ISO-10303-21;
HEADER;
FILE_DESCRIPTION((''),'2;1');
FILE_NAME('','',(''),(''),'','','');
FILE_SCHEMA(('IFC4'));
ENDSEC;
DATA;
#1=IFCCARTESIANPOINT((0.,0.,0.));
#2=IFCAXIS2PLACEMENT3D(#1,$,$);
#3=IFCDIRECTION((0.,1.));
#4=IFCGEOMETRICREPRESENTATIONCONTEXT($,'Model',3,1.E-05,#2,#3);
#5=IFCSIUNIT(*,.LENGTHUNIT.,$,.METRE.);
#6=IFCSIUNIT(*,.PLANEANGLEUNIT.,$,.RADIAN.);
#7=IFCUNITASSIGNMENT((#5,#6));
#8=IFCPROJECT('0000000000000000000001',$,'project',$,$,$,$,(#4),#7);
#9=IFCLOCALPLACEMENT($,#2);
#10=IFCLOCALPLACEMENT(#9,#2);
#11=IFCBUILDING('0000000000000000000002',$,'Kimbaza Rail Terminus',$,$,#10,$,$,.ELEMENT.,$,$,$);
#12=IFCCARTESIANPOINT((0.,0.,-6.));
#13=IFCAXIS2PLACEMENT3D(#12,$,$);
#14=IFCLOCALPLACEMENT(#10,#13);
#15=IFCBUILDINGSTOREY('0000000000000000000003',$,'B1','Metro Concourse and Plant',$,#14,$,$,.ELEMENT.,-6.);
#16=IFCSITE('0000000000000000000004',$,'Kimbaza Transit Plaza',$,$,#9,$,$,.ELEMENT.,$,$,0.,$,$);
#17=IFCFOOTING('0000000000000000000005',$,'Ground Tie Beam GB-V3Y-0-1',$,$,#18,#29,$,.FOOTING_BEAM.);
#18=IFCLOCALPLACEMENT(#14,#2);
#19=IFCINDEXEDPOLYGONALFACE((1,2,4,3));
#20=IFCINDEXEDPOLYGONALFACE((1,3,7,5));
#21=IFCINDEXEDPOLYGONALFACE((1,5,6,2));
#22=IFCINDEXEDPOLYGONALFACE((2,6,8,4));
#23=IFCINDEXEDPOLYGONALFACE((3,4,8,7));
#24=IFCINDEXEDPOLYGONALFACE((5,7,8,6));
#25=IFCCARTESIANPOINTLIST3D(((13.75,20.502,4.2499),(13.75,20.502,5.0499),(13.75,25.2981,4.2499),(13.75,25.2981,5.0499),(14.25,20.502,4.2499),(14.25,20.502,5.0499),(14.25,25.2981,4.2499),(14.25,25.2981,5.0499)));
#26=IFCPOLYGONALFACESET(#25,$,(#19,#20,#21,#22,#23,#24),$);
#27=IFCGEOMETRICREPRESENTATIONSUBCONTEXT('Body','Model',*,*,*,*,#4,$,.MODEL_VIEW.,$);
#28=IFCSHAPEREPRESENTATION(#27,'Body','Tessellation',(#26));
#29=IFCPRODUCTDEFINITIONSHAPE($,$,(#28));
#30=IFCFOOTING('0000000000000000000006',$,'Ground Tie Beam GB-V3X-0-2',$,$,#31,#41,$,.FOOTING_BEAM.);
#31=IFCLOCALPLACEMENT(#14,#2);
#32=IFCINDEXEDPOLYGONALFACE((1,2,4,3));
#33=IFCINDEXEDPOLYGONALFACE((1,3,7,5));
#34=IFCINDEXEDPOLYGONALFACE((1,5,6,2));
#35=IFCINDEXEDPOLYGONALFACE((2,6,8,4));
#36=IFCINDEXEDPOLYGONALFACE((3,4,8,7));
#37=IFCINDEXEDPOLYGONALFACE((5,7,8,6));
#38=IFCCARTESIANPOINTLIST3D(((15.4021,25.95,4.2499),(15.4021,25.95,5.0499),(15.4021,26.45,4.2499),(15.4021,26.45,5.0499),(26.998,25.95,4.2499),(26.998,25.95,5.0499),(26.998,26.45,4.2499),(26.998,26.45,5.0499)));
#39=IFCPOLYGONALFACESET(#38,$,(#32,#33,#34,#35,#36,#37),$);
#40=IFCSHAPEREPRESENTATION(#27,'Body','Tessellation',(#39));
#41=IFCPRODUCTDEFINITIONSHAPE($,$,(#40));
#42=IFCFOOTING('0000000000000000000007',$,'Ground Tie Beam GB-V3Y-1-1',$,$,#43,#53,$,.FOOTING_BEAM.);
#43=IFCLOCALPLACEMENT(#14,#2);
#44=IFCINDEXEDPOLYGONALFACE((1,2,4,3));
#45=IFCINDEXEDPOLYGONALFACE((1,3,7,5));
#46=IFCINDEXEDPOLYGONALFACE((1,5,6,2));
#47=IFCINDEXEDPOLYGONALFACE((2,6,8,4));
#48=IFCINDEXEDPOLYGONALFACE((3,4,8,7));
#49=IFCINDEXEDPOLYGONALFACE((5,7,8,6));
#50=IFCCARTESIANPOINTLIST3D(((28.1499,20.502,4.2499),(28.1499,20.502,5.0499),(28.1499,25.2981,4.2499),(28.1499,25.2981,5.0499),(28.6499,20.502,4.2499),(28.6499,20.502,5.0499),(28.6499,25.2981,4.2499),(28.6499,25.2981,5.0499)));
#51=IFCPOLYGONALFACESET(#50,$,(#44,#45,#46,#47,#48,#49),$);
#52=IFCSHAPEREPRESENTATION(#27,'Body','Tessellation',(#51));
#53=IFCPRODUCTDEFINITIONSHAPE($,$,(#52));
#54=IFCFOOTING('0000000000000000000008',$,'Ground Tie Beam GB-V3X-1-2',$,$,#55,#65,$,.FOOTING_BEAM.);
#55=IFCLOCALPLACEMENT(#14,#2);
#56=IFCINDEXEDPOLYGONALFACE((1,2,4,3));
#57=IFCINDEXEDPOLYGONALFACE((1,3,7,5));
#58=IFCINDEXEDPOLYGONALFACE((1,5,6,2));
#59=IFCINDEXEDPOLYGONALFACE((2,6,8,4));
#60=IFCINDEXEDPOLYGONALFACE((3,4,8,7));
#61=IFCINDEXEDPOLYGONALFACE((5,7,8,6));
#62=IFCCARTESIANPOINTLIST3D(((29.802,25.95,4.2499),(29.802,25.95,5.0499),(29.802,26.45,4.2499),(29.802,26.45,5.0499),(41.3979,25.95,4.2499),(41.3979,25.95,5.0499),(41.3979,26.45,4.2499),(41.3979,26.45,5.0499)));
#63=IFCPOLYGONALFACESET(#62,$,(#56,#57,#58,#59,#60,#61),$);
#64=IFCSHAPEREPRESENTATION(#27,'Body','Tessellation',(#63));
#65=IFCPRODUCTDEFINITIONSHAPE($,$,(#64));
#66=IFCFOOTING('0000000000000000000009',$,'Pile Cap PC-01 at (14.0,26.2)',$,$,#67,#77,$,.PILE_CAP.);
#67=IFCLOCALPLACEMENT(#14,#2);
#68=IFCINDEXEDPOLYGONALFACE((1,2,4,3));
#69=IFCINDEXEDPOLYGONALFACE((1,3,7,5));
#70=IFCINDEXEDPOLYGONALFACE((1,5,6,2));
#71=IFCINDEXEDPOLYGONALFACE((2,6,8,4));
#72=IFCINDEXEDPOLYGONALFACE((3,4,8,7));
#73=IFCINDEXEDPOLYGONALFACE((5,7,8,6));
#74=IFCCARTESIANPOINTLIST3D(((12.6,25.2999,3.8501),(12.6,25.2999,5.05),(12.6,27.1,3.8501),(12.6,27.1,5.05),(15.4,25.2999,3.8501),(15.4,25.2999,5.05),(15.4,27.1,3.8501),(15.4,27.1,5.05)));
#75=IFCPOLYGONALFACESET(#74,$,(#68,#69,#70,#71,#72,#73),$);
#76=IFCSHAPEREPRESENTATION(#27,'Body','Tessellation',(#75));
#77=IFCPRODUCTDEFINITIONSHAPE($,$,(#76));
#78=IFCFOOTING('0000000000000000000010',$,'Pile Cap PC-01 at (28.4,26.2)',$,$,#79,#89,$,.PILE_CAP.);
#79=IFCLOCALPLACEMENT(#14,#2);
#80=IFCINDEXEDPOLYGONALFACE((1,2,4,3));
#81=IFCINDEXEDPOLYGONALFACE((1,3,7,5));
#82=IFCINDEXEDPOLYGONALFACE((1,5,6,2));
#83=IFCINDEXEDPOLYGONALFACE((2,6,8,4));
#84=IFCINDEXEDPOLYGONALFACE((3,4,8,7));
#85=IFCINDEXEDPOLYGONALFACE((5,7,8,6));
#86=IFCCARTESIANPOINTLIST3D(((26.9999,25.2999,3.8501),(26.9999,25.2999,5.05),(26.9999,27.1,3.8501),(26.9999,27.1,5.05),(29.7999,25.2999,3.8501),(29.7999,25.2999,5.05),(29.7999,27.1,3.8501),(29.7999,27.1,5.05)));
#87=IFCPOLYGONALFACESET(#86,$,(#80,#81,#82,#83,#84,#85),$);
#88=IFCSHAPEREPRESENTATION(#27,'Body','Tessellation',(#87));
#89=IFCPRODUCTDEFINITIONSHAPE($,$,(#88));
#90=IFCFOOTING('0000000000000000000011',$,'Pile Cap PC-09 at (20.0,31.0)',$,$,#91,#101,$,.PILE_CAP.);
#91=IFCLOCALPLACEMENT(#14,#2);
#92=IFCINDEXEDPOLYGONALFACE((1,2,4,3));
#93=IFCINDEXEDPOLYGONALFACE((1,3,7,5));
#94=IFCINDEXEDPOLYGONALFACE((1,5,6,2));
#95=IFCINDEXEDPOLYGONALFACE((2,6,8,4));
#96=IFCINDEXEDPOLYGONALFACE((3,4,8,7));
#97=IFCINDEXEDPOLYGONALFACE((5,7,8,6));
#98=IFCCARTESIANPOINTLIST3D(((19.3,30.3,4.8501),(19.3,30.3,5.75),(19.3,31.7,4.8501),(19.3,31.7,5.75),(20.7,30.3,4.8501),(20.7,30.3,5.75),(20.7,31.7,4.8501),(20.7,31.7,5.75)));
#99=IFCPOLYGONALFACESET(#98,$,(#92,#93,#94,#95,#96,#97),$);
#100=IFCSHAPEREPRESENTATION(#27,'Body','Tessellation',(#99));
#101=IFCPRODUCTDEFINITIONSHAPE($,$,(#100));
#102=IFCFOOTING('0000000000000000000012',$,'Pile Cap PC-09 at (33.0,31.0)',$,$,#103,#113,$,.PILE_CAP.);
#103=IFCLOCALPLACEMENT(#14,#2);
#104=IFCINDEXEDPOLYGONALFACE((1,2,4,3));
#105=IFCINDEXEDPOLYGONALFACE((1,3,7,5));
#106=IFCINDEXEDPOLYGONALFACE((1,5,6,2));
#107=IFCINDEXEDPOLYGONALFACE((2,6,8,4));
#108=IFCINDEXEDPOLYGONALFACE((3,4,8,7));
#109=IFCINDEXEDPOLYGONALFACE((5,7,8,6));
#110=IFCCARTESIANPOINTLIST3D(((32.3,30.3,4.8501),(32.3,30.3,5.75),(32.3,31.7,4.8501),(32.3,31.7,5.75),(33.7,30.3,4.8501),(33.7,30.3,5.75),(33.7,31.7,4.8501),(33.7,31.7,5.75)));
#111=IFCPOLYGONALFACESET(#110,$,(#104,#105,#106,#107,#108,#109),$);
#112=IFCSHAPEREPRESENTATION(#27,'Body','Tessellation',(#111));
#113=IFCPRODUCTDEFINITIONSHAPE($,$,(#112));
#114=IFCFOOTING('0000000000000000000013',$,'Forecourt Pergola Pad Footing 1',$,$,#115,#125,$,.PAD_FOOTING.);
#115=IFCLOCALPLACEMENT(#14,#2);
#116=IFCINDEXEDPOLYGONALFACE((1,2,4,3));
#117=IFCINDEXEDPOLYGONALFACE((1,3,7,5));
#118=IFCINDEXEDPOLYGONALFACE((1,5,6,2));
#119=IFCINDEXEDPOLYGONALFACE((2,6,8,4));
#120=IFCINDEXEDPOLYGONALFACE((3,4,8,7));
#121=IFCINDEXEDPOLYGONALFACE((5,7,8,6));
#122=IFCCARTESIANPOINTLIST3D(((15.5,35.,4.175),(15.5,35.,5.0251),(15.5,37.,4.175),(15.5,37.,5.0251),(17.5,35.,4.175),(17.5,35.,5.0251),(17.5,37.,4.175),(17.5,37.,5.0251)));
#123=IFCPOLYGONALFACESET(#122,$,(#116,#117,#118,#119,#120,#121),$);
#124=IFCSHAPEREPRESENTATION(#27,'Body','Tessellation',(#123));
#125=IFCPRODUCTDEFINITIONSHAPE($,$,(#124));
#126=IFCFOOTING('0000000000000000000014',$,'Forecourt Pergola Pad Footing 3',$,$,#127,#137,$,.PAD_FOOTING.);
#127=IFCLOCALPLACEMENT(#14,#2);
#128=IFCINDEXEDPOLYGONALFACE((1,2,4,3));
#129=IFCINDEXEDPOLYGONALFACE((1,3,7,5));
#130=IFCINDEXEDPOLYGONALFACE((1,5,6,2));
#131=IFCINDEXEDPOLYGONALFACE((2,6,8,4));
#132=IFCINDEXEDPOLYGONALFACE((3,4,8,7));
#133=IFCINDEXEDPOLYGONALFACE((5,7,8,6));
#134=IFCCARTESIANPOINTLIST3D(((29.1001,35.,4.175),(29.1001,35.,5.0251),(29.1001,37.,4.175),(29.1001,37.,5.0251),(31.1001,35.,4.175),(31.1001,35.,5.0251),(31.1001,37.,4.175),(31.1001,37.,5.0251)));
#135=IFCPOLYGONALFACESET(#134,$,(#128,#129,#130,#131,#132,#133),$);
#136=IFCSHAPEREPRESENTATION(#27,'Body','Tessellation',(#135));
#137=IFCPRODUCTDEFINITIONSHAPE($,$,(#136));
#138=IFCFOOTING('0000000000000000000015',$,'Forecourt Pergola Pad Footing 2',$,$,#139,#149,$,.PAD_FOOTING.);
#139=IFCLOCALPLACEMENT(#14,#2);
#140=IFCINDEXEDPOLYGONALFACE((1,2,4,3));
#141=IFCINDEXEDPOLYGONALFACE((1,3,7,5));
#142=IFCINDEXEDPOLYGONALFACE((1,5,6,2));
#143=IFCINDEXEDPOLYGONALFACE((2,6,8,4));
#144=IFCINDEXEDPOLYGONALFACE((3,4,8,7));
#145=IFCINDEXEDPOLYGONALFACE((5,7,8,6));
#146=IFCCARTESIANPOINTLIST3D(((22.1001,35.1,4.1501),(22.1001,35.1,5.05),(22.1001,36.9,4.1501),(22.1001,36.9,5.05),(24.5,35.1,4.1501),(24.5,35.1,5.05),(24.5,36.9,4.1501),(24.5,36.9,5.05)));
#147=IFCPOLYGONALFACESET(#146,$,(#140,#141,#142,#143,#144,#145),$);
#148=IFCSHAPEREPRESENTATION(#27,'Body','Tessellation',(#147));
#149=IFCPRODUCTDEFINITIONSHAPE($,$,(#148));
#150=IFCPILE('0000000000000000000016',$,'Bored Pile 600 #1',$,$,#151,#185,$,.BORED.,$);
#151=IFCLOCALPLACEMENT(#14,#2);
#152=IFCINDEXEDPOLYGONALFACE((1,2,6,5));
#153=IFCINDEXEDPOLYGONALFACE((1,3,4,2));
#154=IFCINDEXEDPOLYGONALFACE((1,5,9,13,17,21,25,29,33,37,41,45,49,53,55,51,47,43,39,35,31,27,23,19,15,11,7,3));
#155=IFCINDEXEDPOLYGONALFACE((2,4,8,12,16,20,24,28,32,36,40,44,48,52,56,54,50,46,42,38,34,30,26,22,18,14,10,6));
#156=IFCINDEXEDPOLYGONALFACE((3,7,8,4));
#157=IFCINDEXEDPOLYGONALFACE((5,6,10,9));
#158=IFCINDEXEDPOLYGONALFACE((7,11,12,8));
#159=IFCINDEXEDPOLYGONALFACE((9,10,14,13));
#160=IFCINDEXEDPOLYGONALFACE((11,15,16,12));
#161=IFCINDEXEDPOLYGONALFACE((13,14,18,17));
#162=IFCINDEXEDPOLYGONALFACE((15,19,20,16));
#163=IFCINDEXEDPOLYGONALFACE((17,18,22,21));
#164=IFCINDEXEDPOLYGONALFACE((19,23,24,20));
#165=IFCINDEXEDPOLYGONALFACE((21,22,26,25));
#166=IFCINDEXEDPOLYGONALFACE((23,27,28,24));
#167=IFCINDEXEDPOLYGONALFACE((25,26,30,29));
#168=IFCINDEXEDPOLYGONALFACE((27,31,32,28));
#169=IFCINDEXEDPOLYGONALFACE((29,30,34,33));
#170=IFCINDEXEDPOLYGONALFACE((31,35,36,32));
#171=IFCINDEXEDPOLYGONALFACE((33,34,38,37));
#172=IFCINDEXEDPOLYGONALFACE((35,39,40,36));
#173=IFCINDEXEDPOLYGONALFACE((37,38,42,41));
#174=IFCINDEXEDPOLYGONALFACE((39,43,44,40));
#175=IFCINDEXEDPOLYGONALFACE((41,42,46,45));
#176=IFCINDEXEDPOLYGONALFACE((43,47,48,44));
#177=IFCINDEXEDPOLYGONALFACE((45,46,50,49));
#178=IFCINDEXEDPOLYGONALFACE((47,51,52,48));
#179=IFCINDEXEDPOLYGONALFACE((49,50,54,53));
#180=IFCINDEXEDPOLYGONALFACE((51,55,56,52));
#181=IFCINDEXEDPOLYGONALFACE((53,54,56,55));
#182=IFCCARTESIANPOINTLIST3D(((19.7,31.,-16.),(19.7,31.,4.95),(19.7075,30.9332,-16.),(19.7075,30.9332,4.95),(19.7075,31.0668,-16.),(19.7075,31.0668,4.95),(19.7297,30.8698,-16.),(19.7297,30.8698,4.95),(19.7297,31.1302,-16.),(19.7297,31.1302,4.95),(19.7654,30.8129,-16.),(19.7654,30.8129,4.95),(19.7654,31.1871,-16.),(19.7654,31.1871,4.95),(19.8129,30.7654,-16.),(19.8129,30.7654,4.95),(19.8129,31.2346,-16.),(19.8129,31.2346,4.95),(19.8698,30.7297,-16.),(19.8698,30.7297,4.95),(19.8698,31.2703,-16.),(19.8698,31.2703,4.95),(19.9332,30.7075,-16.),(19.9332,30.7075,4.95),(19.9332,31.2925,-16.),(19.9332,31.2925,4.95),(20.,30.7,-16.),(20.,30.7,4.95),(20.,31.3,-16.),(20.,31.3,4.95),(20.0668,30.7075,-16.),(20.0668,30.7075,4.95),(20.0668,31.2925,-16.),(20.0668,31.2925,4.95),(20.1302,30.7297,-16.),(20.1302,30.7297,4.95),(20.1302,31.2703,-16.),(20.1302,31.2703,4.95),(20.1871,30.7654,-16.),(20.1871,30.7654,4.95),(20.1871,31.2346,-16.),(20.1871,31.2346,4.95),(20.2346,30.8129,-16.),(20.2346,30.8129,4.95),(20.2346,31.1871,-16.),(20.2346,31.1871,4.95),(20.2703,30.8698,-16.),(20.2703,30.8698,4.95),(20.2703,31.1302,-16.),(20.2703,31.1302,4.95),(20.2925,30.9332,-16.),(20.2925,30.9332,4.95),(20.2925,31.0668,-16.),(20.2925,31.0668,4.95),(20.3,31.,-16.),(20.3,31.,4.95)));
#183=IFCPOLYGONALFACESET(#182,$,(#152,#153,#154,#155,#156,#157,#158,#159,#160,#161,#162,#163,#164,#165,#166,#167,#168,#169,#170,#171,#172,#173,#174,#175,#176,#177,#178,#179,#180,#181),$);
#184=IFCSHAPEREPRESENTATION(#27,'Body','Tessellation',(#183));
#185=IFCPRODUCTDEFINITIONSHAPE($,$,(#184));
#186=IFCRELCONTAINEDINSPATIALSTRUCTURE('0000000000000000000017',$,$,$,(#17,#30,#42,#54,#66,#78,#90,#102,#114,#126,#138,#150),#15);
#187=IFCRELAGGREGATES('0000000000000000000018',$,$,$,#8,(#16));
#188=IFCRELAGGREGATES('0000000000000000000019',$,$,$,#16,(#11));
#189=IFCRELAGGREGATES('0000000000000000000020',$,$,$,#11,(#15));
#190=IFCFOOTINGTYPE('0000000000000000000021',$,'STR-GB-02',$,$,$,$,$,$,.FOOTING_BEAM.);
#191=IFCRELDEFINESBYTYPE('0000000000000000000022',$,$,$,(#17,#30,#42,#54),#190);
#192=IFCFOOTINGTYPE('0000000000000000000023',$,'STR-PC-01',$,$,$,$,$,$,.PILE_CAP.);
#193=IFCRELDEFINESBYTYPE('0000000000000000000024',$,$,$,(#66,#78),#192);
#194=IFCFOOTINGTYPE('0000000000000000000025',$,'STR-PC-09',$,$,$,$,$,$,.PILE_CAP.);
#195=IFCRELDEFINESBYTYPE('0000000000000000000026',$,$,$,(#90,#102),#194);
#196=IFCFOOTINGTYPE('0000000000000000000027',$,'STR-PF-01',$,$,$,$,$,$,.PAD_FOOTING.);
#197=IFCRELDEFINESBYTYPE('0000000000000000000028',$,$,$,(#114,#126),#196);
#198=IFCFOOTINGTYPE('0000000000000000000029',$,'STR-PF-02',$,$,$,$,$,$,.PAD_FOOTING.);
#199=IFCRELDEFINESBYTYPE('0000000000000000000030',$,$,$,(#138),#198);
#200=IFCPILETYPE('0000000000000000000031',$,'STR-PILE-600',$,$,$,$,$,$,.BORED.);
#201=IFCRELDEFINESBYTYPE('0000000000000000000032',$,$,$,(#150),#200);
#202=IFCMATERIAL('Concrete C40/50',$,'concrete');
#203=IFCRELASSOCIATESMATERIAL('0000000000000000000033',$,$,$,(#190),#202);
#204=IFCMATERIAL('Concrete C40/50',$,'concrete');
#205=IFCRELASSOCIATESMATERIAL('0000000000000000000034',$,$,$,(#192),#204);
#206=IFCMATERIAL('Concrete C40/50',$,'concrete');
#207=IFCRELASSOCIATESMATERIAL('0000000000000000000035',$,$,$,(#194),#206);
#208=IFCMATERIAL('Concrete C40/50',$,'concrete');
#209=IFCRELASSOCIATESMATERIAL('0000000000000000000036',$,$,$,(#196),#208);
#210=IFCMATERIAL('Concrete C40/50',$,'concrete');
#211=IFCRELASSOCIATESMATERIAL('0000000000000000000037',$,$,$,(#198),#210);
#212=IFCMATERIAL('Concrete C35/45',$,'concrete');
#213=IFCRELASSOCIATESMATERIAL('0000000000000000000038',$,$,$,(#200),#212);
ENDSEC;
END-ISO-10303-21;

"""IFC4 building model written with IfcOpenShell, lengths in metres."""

from ifc_helpers import new_model, si_unit, direction, frame, origin, origin_2d, place, context, subcontext, project, spatial, rectangle, circle, extrude, material, material_profile, profile_set, type_object, element, save


model = new_model("IFC4")

# Units and contexts
model_context = context("Model", 3, precision=1e-05, world=origin(), true_north=direction((0.0, 1.0)))
body_context = subcontext(model_context, "Body", "Model", "MODEL_VIEW")
ifc_project = project(units=[si_unit("LENGTHUNIT", "METRE"), si_unit("PLANEANGLEUNIT", "RADIAN")], contexts=[model_context])

# Site, building, storey
site_placement = place(None, origin())
site = spatial("IfcSite", under=ifc_project, at=site_placement, Name="Kimbaza Transit Plaza", CompositionType="ELEMENT", RefElevation=0.0)
building_placement = place(site_placement, origin())
building = spatial("IfcBuilding", under=site, at=building_placement, Name="Kimbaza Rail Terminus", CompositionType="ELEMENT")
storey_placement = place(building_placement, frame((0.0, 0.0, -6.0)))
storey = spatial("IfcBuildingStorey", under=building, at=storey_placement, Name="B1", Description="Metro Concourse and Plant", CompositionType="ELEMENT", Elevation=-6.0)

# Footings
ifc_material_1 = material(Name="Concrete C40/50", Category="concrete")
ifc_material_profile_1 = material_profile(ifc_material_1, rectangle(XDim=0.5, YDim=0.8, at=origin_2d()), Name="GB-02 500x800")
ifc_profile_set_1 = profile_set([ifc_material_profile_1], Name="Concrete C40/50")
footing_type_1 = type_object("IfcFootingType", Name="STR-GB-02", PredefinedType="FOOTING_BEAM", material=ifc_profile_set_1)
footing_1_placement = place(storey_placement, frame((14.0, 20.502, 4.6499), z_axis=(0.0, 1.0, 0.0), x_axis=(-1.0, 0.0, 0.0)))
element("IfcFooting", 1, at=footing_1_placement, inside=storey, type_object=footing_type_1, Name="Ground Tie Beam GB-V3Y-0-1", PredefinedType="FOOTING_BEAM", context=body_context, shape_type="SweptSolid", body=[
    extrude(rectangle(XDim=0.5, YDim=0.8, at=origin_2d()), origin(), (0.0, 0.0, 1.0), 4.7961),
])
footing_2_placement = place(storey_placement, frame((15.4021, 26.2, 4.6499), z_axis=(1.0, 0.0, 0.0), x_axis=(0.0, 1.0, 0.0)))
element("IfcFooting", 2, at=footing_2_placement, inside=storey, type_object=footing_type_1, Name="Ground Tie Beam GB-V3X-0-2", PredefinedType="FOOTING_BEAM", context=body_context, shape_type="SweptSolid", body=[
    extrude(rectangle(XDim=0.5, YDim=0.8, at=origin_2d()), origin(), (0.0, 0.0, 1.0), 11.5959),
])
footing_3_placement = place(storey_placement, frame((28.3999, 20.502, 4.6499), z_axis=(0.0, 1.0, 0.0), x_axis=(-1.0, 0.0, 0.0)))
element("IfcFooting", 3, at=footing_3_placement, inside=storey, type_object=footing_type_1, Name="Ground Tie Beam GB-V3Y-1-1", PredefinedType="FOOTING_BEAM", context=body_context, shape_type="SweptSolid", body=[
    extrude(rectangle(XDim=0.5, YDim=0.8, at=origin_2d()), origin(), (0.0, 0.0, 1.0), 4.7961),
])
footing_4_placement = place(storey_placement, frame((29.802, 26.2, 4.6499), z_axis=(1.0, 0.0, 0.0), x_axis=(0.0, 1.0, 0.0)))
element("IfcFooting", 4, at=footing_4_placement, inside=storey, type_object=footing_type_1, Name="Ground Tie Beam GB-V3X-1-2", PredefinedType="FOOTING_BEAM", context=body_context, shape_type="SweptSolid", body=[
    extrude(rectangle(XDim=0.5, YDim=0.8, at=origin_2d()), origin(), (0.0, 0.0, 1.0), 11.5959),
])
ifc_material_2 = material(Name="Concrete C40/50", Category="concrete")
footing_type_2 = type_object("IfcFootingType", Name="STR-PC-01", PredefinedType="PILE_CAP", material=ifc_material_2)
for number, where, z_axis, x_axis, name in (
    (5, (14.0, 26.2, 3.8501), (0.0, 0.0, 1.0), (1.0, 0.0, 0.0), "Pile Cap PC-01 at (14.0,26.2)"),
    (6, (28.3999, 26.2, 3.8501), (0.0, 0.0, 1.0), (1.0, 0.0, 0.0), "Pile Cap PC-01 at (28.4,26.2)"),
):
    element("IfcFooting", number, at=place(storey_placement, frame(where, z_axis=z_axis, x_axis=x_axis)), inside=storey, type_object=footing_type_2, Name=name, PredefinedType="PILE_CAP", context=body_context, shape_type="SweptSolid", body=[
        extrude(rectangle(XDim=2.8, YDim=1.8, at=origin_2d()), origin(), (0.0, 0.0, 1.0), 1.2),
    ])
ifc_material_3 = material(Name="Concrete C40/50", Category="concrete")
footing_type_3 = type_object("IfcFootingType", Name="STR-PC-09", PredefinedType="PILE_CAP", material=ifc_material_3)
for number, where, z_axis, x_axis, name in (
    (7, (20.0, 31.0, 4.8501), (0.0, 0.0, 1.0), (1.0, 0.0, 0.0), "Pile Cap PC-09 at (20.0,31.0)"),
    (8, (33.0, 31.0, 4.8501), (0.0, 0.0, 1.0), (1.0, 0.0, 0.0), "Pile Cap PC-09 at (33.0,31.0)"),
):
    element("IfcFooting", number, at=place(storey_placement, frame(where, z_axis=z_axis, x_axis=x_axis)), inside=storey, type_object=footing_type_3, Name=name, PredefinedType="PILE_CAP", context=body_context, shape_type="SweptSolid", body=[
        extrude(rectangle(XDim=1.3999, YDim=1.3999, at=origin_2d()), origin(), (0.0, 0.0, 1.0), 0.8999),
    ])
ifc_material_4 = material(Name="Concrete C40/50", Category="concrete")
footing_type_4 = type_object("IfcFootingType", Name="STR-PF-01", PredefinedType="PAD_FOOTING", material=ifc_material_4)
for number, where, z_axis, x_axis, name in (
    (9, (16.5, 36.0, 4.175), (0.0, 0.0, 1.0), (1.0, 0.0, 0.0), "Forecourt Pergola Pad Footing 1"),
    (10, (30.1001, 36.0, 4.175), (0.0, 0.0, 1.0), (1.0, 0.0, 0.0), "Forecourt Pergola Pad Footing 3"),
):
    element("IfcFooting", number, at=place(storey_placement, frame(where, z_axis=z_axis, x_axis=x_axis)), inside=storey, type_object=footing_type_4, Name=name, PredefinedType="PAD_FOOTING", context=body_context, shape_type="SweptSolid", body=[
        extrude(rectangle(XDim=2.0, YDim=2.0, at=origin_2d()), origin(), (0.0, 0.0, 1.0), 0.8501),
    ])
ifc_material_5 = material(Name="Concrete C40/50", Category="concrete")
footing_type_5 = type_object("IfcFootingType", Name="STR-PF-02", PredefinedType="PAD_FOOTING", material=ifc_material_5)
footing_5_placement = place(storey_placement, frame((23.3, 36.0, 4.1501), z_axis=(0.0, 0.0, 1.0), x_axis=(1.0, 0.0, 0.0)))
element("IfcFooting", 11, at=footing_5_placement, inside=storey, type_object=footing_type_5, Name="Forecourt Pergola Pad Footing 2", PredefinedType="PAD_FOOTING", context=body_context, shape_type="SweptSolid", body=[
    extrude(rectangle(XDim=2.3999, YDim=1.8, at=origin_2d()), origin(), (0.0, 0.0, 1.0), 0.8999),
])

# Pile
ifc_material_6 = material(Name="Concrete C35/45", Category="concrete")
ifc_material_profile_2 = material_profile(ifc_material_6, circle(Radius=0.3, at=origin_2d()), Name="BORED PILE 600")
ifc_profile_set_2 = profile_set([ifc_material_profile_2], Name="Concrete C35/45")
pile_type = type_object("IfcPileType", Name="STR-PILE-600", PredefinedType="BORED", material=ifc_profile_set_2)
for number, where, z_axis, x_axis, name in (
    (12, (20.0, 31.0, 4.95), (0.0, 0.0, -1.0), (1.0, 0.0, 0.0), "Bored Pile 600 #1"),
):
    element("IfcPile", number, at=place(storey_placement, frame(where, z_axis=z_axis, x_axis=x_axis)), inside=storey, type_object=pile_type, Name=name, PredefinedType="BORED", context=body_context, shape_type="SweptSolid", body=[
        extrude(circle(Radius=0.3, at=origin_2d()), origin(), (0.0, 0.0, 1.0), 20.95),
    ])

save(model, "model.ifc")
